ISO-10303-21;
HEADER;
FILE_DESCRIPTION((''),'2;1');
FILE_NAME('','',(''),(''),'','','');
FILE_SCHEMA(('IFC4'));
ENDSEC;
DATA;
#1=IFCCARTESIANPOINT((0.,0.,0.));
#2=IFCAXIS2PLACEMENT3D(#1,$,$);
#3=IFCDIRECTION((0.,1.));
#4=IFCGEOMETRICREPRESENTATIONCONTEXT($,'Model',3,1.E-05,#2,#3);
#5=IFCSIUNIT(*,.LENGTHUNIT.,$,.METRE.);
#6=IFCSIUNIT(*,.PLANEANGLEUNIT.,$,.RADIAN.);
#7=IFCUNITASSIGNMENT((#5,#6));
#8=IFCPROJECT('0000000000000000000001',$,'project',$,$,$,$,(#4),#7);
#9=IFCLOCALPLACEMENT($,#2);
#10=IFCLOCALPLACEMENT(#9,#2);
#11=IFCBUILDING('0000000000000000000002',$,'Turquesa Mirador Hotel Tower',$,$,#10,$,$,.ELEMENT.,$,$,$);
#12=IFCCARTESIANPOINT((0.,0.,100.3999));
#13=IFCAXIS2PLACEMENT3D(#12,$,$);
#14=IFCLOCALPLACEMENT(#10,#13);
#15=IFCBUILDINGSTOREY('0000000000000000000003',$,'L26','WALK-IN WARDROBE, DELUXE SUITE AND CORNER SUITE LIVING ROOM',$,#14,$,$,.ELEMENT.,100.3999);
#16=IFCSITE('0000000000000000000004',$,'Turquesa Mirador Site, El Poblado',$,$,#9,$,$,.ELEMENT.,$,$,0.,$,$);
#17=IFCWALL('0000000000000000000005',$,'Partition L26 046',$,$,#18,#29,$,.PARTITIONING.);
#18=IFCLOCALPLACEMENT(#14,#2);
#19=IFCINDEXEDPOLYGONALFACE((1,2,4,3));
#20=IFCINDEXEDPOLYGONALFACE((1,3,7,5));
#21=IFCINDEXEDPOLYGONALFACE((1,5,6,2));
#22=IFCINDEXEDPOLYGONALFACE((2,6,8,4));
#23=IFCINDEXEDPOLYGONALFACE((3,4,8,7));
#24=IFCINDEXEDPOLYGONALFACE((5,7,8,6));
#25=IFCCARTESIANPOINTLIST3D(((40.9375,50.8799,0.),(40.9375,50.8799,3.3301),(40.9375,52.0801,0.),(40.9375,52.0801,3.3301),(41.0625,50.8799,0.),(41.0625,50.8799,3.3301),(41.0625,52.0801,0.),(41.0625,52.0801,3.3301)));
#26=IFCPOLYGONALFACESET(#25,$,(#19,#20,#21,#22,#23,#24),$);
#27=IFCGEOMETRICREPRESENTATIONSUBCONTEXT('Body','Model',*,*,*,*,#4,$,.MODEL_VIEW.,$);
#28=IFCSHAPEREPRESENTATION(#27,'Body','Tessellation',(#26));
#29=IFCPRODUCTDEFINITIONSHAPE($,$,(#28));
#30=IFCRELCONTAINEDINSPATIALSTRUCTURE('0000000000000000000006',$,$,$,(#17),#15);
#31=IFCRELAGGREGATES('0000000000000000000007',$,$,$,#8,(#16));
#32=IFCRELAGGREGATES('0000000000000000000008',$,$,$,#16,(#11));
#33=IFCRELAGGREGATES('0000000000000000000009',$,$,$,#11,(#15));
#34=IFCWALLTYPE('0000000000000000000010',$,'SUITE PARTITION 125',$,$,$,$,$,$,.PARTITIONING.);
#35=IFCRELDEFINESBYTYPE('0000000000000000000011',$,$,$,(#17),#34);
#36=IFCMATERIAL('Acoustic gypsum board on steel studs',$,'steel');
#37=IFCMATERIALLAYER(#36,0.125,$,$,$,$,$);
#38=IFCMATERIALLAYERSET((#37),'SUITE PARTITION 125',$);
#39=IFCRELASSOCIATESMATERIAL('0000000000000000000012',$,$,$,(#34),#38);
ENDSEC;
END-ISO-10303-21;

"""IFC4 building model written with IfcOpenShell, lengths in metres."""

from ifc_helpers import new_model, si_unit, direction, frame, frame_2d, origin, place, context, subcontext, project, spatial, rectangle, extrude, material, layer, layer_set, type_object, element, save


model = new_model("IFC4")

# Units and contexts
model_context = context("Model", 3, precision=1e-05, world=origin(), true_north=direction((0.0, 1.0)))
body_context = subcontext(model_context, "Body", "Model", "MODEL_VIEW")
ifc_project = project(units=[si_unit("LENGTHUNIT", "METRE"), si_unit("PLANEANGLEUNIT", "RADIAN")], contexts=[model_context])

# Site, building, storey
site_placement = place(None, origin())
site = spatial("IfcSite", under=ifc_project, at=site_placement, Name="Turquesa Mirador Site, El Poblado", CompositionType="ELEMENT", RefElevation=0.0)
building_placement = place(site_placement, origin())
building = spatial("IfcBuilding", under=site, at=building_placement, Name="Turquesa Mirador Hotel Tower", CompositionType="ELEMENT")
storey_placement = place(building_placement, frame((0.0, 0.0, 100.3999)))
storey = spatial("IfcBuildingStorey", under=building, at=storey_placement, Name="L26", Description="WALK-IN WARDROBE, DELUXE SUITE AND CORNER SUITE LIVING ROOM", CompositionType="ELEMENT", Elevation=100.3999)

# Shared definitions
ifc_material_1 = material(Name="Acoustic gypsum board on steel studs", Category="steel")
ifc_layer_1 = layer(ifc_material_1, 0.125)
ifc_layer_set_1 = layer_set([ifc_layer_1], Name="SUITE PARTITION 125")
wall_type_1 = type_object("IfcWallType", Name="SUITE PARTITION 125", PredefinedType="PARTITIONING", material=ifc_layer_set_1)

# Wall
wall_1_placement = place(storey_placement, frame((41.0, 50.8799, 0.0), z_axis=(0.0, 0.0, 1.0), x_axis=(0.0, 1.0, 0.0)))
element("IfcWall", 1, at=wall_1_placement, inside=storey, type_object=wall_type_1, Name="Partition L26 046", PredefinedType="PARTITIONING", context=body_context, shape_type="SweptSolid", body=[
    extrude(rectangle(XDim=1.2002, YDim=0.125, at=frame_2d((0.6001, 0.0))), origin(), (0.0, 0.0, 1.0), 3.3301),
])

save(model, "model.ifc")
